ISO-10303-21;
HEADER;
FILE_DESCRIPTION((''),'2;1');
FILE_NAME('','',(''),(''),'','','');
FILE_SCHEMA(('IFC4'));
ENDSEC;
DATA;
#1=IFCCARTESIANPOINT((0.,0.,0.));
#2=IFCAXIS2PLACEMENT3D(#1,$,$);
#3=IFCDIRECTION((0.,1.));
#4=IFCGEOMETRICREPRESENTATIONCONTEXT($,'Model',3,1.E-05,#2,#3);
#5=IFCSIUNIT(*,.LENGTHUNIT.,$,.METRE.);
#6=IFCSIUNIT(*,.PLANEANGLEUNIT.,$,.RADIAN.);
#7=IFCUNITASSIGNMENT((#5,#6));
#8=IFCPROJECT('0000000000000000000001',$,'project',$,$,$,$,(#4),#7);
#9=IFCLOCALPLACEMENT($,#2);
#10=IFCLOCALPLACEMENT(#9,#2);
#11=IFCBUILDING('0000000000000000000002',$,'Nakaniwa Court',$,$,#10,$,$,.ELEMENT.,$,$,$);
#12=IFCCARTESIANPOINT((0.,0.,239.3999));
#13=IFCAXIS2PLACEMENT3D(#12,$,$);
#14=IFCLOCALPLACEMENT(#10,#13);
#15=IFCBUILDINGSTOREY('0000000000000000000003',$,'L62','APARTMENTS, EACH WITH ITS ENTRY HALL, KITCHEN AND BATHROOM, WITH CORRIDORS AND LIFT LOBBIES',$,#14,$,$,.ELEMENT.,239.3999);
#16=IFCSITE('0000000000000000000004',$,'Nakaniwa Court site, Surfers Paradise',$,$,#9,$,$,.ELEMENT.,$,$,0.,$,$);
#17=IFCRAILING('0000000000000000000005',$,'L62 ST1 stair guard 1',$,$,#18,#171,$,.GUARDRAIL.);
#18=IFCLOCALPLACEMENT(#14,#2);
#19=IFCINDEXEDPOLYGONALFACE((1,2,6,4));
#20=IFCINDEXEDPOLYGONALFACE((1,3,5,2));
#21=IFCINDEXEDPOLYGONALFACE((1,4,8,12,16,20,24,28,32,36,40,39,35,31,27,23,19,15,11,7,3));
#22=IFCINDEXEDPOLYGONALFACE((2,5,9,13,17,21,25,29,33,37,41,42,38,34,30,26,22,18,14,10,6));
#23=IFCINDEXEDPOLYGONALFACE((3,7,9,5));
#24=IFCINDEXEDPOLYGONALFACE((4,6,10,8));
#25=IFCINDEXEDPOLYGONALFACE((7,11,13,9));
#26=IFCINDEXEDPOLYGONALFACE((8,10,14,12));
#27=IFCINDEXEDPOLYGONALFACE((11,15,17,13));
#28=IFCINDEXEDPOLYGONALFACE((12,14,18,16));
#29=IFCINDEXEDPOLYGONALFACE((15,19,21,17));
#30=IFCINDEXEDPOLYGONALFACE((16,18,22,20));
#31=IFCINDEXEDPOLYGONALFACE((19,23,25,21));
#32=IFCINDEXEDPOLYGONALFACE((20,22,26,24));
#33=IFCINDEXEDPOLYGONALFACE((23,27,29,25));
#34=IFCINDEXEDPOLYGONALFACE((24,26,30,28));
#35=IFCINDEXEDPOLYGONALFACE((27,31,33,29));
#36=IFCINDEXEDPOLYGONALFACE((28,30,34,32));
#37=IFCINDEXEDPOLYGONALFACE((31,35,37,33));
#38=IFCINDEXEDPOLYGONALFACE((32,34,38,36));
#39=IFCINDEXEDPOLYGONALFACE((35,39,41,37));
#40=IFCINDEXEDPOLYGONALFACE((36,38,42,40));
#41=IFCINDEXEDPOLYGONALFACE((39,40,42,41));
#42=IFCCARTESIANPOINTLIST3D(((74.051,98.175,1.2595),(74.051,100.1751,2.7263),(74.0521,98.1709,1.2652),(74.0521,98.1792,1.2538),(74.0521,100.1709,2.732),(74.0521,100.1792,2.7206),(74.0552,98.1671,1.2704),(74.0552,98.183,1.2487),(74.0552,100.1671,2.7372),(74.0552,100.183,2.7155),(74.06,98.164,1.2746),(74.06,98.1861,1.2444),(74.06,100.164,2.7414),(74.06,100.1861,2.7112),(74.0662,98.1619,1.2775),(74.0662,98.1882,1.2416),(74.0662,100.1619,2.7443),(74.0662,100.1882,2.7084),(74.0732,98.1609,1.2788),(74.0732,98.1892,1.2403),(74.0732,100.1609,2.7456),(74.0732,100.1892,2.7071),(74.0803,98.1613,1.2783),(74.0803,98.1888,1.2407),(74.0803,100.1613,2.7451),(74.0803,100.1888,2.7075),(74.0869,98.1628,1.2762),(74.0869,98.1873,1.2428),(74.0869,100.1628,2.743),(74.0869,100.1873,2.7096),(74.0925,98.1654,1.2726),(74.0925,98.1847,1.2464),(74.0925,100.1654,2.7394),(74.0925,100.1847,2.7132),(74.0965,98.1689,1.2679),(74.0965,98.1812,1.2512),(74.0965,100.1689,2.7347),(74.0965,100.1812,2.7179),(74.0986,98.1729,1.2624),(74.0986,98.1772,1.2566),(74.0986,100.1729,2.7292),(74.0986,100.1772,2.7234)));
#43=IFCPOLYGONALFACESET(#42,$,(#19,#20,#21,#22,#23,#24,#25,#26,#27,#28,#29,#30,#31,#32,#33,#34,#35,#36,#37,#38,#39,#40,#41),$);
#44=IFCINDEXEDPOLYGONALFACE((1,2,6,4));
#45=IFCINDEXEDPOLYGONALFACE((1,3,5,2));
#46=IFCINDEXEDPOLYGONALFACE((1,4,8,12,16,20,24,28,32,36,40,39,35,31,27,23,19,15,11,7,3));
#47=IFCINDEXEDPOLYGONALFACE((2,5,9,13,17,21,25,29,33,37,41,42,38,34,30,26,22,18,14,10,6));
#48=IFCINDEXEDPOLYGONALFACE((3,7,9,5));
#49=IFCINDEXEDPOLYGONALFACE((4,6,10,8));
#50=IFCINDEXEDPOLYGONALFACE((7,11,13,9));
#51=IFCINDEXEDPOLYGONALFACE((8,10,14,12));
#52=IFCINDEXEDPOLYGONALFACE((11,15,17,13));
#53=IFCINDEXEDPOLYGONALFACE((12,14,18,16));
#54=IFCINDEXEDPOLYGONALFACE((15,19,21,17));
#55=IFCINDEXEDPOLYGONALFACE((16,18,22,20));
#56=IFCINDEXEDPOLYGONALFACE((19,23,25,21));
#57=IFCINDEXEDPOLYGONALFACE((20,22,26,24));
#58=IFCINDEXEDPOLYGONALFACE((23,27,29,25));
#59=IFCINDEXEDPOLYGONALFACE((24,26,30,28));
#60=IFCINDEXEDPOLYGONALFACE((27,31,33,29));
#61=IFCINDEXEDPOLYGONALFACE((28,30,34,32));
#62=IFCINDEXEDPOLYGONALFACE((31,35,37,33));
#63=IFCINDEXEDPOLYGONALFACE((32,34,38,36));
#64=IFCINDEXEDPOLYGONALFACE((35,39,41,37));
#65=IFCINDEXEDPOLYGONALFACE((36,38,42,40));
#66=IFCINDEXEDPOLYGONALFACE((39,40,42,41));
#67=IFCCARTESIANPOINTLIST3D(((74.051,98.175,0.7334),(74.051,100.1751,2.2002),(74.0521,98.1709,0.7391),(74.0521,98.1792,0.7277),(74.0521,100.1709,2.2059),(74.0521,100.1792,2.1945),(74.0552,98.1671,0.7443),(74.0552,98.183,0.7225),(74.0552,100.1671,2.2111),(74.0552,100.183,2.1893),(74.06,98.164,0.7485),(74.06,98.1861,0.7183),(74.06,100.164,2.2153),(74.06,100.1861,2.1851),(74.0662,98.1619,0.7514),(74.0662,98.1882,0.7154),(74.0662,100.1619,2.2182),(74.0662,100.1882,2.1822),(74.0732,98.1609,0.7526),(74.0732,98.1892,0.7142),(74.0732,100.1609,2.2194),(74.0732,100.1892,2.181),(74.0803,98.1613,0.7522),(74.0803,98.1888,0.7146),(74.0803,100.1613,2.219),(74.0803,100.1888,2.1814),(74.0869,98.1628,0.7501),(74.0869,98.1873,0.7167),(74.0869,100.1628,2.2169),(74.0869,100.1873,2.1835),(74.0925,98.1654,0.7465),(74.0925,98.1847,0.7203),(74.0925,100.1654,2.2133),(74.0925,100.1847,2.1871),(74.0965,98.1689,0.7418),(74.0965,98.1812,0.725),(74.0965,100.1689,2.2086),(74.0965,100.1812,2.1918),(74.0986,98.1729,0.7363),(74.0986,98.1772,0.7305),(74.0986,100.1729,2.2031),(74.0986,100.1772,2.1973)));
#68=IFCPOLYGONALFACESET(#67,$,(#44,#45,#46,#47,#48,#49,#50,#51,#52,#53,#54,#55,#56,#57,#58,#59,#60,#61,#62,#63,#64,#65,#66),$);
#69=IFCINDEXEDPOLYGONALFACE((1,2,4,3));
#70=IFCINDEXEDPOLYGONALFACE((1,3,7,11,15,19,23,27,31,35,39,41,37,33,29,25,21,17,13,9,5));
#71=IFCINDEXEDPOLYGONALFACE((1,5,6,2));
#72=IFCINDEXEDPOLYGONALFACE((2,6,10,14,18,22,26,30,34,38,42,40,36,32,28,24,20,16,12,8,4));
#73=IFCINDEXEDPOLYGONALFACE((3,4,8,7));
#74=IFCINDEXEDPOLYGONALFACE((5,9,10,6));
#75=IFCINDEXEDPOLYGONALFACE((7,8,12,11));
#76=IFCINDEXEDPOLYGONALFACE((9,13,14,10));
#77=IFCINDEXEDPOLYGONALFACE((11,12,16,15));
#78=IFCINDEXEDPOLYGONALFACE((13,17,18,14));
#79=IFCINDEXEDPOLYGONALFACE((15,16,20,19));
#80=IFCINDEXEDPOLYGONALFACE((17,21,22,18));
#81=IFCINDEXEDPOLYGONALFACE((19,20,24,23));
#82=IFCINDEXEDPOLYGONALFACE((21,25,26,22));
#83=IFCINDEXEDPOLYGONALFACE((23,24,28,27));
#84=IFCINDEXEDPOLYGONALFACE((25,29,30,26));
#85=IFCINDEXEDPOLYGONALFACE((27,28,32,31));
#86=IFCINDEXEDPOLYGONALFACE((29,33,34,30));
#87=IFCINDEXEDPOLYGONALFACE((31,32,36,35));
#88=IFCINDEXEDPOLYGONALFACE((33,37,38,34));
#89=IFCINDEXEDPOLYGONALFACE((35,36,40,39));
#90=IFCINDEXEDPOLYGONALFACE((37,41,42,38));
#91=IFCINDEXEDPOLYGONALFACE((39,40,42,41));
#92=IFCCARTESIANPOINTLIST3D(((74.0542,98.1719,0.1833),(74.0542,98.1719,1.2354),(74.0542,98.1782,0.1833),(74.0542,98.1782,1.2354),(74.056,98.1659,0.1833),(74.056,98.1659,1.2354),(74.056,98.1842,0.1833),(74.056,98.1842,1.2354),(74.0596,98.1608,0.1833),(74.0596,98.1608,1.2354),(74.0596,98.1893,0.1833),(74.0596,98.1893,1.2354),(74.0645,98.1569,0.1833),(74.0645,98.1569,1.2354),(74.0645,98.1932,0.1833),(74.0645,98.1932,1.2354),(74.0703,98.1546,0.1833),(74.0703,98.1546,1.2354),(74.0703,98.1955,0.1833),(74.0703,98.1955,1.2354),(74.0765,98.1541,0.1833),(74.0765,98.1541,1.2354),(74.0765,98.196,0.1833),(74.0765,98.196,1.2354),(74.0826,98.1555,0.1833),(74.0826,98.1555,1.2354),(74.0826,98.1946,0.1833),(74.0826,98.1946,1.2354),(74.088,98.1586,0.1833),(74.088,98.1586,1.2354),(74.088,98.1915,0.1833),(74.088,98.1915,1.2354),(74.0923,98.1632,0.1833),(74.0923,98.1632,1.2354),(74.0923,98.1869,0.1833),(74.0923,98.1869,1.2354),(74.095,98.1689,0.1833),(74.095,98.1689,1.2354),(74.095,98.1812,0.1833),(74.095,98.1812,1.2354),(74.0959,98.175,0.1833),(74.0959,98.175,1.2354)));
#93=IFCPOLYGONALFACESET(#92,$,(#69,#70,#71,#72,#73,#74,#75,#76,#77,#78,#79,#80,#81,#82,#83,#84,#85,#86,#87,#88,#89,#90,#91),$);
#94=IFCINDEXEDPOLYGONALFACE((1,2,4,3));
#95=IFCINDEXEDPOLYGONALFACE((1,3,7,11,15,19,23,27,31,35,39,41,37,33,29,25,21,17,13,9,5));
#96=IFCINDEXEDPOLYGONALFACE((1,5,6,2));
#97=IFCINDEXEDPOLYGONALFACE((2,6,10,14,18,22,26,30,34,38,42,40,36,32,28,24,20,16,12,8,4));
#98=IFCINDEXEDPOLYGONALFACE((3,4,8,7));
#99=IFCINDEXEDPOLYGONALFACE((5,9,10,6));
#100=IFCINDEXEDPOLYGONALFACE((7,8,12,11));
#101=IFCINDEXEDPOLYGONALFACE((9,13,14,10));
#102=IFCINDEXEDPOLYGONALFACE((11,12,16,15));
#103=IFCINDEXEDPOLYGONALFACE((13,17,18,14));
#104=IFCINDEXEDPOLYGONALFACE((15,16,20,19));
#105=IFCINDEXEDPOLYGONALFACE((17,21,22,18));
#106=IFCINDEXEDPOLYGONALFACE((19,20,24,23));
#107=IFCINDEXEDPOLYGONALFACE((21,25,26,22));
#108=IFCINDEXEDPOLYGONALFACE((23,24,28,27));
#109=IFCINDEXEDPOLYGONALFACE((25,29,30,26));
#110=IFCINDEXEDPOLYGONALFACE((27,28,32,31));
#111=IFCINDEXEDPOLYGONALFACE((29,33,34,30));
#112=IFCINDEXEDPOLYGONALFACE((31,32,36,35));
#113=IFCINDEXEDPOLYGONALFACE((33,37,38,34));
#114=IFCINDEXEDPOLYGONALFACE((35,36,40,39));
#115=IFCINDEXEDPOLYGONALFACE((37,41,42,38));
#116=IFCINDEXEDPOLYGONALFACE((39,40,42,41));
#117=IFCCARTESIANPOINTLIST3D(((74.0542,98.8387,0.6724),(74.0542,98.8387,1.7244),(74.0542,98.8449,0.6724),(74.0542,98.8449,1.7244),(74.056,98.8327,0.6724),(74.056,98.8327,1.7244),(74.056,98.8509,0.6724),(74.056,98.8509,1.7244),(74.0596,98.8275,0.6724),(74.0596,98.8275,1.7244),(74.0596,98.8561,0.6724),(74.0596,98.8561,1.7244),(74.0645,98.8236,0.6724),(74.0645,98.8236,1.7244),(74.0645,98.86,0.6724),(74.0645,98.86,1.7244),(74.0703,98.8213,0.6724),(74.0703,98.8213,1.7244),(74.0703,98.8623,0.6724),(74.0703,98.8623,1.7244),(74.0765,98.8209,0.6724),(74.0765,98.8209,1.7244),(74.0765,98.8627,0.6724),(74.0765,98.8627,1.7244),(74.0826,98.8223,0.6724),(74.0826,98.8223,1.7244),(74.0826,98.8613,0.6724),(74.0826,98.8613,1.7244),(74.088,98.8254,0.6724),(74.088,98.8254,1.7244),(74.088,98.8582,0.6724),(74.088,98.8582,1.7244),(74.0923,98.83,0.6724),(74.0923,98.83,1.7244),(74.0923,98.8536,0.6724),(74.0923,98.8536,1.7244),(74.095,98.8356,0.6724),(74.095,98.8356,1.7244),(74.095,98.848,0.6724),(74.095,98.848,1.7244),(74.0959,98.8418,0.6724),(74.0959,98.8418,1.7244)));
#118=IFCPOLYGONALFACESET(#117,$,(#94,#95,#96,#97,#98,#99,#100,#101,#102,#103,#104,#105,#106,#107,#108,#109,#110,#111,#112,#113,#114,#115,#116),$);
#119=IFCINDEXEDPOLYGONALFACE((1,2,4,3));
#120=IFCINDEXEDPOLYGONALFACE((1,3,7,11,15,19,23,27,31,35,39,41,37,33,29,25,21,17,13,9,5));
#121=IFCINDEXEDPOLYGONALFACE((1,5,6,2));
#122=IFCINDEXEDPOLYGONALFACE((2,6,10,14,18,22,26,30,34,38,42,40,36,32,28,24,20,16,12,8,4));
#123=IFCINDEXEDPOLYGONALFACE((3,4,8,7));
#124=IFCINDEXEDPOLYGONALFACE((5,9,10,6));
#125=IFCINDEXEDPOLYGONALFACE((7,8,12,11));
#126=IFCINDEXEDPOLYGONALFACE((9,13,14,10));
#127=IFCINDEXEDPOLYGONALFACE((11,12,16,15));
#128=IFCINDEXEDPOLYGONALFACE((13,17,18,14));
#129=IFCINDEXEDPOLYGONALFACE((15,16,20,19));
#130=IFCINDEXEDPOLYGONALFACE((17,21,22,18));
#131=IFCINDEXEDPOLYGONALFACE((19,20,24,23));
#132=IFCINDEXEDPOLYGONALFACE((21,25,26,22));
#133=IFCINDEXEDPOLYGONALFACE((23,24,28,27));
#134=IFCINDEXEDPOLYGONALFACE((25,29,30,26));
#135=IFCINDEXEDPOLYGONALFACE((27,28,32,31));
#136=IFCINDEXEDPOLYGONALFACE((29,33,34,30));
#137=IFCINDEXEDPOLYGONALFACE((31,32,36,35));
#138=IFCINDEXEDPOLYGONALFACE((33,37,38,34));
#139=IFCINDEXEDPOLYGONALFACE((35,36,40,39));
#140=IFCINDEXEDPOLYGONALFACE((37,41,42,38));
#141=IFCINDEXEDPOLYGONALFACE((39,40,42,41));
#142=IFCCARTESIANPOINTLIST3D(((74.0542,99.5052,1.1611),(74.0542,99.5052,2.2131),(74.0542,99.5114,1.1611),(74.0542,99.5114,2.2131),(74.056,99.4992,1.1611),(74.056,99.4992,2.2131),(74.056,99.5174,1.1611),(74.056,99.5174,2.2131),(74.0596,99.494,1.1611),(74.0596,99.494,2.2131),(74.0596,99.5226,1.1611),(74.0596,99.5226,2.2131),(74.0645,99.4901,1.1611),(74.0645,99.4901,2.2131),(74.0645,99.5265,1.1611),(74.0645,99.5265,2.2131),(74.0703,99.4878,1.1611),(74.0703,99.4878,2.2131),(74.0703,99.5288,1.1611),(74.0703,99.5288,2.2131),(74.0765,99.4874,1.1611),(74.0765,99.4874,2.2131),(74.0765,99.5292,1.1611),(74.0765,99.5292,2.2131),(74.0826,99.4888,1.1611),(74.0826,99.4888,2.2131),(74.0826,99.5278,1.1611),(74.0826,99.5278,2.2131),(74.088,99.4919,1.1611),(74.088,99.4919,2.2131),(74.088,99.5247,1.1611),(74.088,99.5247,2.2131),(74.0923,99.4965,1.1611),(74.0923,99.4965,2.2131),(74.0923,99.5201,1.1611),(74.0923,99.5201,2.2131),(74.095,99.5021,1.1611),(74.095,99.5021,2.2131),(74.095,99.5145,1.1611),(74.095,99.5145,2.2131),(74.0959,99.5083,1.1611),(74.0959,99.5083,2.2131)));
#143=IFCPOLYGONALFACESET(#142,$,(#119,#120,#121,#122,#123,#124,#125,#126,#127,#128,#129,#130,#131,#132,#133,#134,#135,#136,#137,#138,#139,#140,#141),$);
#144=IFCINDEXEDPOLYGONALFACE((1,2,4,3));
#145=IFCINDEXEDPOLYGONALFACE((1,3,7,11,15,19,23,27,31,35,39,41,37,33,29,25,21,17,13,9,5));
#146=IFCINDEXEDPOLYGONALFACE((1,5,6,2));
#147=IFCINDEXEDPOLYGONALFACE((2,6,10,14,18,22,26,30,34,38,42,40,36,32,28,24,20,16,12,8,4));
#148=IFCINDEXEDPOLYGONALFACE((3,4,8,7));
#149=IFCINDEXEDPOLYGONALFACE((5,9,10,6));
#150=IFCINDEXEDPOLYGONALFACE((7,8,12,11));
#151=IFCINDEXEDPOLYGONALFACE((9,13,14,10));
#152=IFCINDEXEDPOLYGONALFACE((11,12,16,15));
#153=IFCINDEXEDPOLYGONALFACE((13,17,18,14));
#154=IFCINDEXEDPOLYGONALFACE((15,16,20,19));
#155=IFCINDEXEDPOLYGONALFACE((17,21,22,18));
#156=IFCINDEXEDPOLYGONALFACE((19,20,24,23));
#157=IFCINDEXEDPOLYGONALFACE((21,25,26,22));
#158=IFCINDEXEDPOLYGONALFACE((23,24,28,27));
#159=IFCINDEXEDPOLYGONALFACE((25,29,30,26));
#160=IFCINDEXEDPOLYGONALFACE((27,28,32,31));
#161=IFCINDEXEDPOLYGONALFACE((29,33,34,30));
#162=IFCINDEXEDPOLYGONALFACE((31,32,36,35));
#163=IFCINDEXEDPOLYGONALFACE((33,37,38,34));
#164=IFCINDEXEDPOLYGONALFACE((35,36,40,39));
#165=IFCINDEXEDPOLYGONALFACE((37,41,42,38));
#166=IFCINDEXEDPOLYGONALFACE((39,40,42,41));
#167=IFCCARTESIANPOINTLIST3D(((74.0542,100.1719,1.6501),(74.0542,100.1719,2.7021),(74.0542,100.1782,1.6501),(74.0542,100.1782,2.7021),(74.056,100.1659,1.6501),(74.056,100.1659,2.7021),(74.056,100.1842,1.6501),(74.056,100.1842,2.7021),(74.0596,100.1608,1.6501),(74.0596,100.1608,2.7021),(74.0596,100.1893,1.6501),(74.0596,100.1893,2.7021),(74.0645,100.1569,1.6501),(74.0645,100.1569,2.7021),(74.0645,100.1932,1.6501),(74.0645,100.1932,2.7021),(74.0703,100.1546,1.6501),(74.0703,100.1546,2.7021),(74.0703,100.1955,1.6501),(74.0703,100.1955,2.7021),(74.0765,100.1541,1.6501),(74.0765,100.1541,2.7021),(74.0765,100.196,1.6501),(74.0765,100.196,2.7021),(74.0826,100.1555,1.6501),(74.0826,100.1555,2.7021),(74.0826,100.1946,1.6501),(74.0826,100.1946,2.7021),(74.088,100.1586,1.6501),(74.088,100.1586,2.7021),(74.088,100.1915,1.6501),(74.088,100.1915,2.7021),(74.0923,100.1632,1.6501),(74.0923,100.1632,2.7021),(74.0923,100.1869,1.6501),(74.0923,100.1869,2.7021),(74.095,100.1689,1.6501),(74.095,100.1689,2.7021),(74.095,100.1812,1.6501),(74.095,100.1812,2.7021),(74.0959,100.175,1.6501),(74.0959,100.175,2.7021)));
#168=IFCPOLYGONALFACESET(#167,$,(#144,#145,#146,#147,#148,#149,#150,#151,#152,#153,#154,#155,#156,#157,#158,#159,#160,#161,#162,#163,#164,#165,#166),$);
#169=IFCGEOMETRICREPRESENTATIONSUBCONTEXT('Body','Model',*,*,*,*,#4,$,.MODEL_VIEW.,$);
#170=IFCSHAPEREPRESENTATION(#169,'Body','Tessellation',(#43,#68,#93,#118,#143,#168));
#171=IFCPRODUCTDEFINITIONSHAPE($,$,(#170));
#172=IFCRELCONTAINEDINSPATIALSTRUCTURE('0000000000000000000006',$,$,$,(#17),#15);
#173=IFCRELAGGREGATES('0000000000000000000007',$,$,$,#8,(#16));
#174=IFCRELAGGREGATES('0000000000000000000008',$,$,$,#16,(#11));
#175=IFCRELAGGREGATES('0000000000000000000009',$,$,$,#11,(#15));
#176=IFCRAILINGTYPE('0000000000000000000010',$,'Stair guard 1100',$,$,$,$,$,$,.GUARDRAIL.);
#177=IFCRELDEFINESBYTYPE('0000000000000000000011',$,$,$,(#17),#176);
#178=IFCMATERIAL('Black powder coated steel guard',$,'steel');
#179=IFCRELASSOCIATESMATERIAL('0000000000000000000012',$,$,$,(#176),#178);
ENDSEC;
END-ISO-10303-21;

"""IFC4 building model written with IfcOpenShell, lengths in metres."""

from ifc_helpers import new_model, si_unit, direction, frame, origin, origin_2d, place, context, subcontext, project, spatial, circle, extrude, material, type_object, element, save


model = new_model("IFC4")

# Units and contexts
model_context = context("Model", 3, precision=1e-05, world=origin(), true_north=direction((0.0, 1.0)))
body_context = subcontext(model_context, "Body", "Model", "MODEL_VIEW")
ifc_project = project(units=[si_unit("LENGTHUNIT", "METRE"), si_unit("PLANEANGLEUNIT", "RADIAN")], contexts=[model_context])

# Site, building, storey
site_placement = place(None, origin())
site = spatial("IfcSite", under=ifc_project, at=site_placement, Name="Nakaniwa Court site, Surfers Paradise", CompositionType="ELEMENT", RefElevation=0.0)
building_placement = place(site_placement, origin())
building = spatial("IfcBuilding", under=site, at=building_placement, Name="Nakaniwa Court", CompositionType="ELEMENT")
storey_placement = place(building_placement, frame((0.0, 0.0, 239.3999)))
storey = spatial("IfcBuildingStorey", under=building, at=storey_placement, Name="L62", Description="APARTMENTS, EACH WITH ITS ENTRY HALL, KITCHEN AND BATHROOM, WITH CORRIDORS AND LIFT LOBBIES", CompositionType="ELEMENT", Elevation=239.3999)

# Railing
ifc_material_1 = material(Name="Black powder coated steel guard", Category="steel")
railing_type_1 = type_object("IfcRailingType", Name="Stair guard 1100", PredefinedType="GUARDRAIL", material=ifc_material_1)
railing_1_placement = place(storey_placement, frame((74.075, 98.175, 0.1833)))
element("IfcRailing", 1, at=railing_1_placement, inside=storey, type_object=railing_type_1, Name="L62 ST1 stair guard 1", PredefinedType="GUARDRAIL", context=body_context, shape_type="SweptSolid", body=[
    extrude(circle(Radius=0.0239, at=origin_2d()), frame((0.0, 0.0, 1.0762), z_axis=(0.0, 0.80638, 0.591398), x_axis=(-1.0, 0.0, 0.0)), (0.0, 0.0, 1.0), 2.4802),
    extrude(circle(Radius=0.0239, at=origin_2d()), frame((0.0, 0.0, 0.55), z_axis=(0.0, 0.80638, 0.591398), x_axis=(-1.0, 0.0, 0.0)), (0.0, 0.0, 1.0), 2.4802),
    extrude(circle(Radius=0.021, at=origin_2d()), origin(), (0.0, 0.0, 1.0), 1.052),
    extrude(circle(Radius=0.021, at=origin_2d()), frame((0.0, 0.6667, 0.489)), (0.0, 0.0, 1.0), 1.052),
    extrude(circle(Radius=0.021, at=origin_2d()), frame((0.0, 1.3333, 0.9778)), (0.0, 0.0, 1.0), 1.052),
    extrude(circle(Radius=0.021, at=origin_2d()), frame((0.0, 2.0, 1.4668)), (0.0, 0.0, 1.0), 1.052),
])

save(model, "model.ifc")
